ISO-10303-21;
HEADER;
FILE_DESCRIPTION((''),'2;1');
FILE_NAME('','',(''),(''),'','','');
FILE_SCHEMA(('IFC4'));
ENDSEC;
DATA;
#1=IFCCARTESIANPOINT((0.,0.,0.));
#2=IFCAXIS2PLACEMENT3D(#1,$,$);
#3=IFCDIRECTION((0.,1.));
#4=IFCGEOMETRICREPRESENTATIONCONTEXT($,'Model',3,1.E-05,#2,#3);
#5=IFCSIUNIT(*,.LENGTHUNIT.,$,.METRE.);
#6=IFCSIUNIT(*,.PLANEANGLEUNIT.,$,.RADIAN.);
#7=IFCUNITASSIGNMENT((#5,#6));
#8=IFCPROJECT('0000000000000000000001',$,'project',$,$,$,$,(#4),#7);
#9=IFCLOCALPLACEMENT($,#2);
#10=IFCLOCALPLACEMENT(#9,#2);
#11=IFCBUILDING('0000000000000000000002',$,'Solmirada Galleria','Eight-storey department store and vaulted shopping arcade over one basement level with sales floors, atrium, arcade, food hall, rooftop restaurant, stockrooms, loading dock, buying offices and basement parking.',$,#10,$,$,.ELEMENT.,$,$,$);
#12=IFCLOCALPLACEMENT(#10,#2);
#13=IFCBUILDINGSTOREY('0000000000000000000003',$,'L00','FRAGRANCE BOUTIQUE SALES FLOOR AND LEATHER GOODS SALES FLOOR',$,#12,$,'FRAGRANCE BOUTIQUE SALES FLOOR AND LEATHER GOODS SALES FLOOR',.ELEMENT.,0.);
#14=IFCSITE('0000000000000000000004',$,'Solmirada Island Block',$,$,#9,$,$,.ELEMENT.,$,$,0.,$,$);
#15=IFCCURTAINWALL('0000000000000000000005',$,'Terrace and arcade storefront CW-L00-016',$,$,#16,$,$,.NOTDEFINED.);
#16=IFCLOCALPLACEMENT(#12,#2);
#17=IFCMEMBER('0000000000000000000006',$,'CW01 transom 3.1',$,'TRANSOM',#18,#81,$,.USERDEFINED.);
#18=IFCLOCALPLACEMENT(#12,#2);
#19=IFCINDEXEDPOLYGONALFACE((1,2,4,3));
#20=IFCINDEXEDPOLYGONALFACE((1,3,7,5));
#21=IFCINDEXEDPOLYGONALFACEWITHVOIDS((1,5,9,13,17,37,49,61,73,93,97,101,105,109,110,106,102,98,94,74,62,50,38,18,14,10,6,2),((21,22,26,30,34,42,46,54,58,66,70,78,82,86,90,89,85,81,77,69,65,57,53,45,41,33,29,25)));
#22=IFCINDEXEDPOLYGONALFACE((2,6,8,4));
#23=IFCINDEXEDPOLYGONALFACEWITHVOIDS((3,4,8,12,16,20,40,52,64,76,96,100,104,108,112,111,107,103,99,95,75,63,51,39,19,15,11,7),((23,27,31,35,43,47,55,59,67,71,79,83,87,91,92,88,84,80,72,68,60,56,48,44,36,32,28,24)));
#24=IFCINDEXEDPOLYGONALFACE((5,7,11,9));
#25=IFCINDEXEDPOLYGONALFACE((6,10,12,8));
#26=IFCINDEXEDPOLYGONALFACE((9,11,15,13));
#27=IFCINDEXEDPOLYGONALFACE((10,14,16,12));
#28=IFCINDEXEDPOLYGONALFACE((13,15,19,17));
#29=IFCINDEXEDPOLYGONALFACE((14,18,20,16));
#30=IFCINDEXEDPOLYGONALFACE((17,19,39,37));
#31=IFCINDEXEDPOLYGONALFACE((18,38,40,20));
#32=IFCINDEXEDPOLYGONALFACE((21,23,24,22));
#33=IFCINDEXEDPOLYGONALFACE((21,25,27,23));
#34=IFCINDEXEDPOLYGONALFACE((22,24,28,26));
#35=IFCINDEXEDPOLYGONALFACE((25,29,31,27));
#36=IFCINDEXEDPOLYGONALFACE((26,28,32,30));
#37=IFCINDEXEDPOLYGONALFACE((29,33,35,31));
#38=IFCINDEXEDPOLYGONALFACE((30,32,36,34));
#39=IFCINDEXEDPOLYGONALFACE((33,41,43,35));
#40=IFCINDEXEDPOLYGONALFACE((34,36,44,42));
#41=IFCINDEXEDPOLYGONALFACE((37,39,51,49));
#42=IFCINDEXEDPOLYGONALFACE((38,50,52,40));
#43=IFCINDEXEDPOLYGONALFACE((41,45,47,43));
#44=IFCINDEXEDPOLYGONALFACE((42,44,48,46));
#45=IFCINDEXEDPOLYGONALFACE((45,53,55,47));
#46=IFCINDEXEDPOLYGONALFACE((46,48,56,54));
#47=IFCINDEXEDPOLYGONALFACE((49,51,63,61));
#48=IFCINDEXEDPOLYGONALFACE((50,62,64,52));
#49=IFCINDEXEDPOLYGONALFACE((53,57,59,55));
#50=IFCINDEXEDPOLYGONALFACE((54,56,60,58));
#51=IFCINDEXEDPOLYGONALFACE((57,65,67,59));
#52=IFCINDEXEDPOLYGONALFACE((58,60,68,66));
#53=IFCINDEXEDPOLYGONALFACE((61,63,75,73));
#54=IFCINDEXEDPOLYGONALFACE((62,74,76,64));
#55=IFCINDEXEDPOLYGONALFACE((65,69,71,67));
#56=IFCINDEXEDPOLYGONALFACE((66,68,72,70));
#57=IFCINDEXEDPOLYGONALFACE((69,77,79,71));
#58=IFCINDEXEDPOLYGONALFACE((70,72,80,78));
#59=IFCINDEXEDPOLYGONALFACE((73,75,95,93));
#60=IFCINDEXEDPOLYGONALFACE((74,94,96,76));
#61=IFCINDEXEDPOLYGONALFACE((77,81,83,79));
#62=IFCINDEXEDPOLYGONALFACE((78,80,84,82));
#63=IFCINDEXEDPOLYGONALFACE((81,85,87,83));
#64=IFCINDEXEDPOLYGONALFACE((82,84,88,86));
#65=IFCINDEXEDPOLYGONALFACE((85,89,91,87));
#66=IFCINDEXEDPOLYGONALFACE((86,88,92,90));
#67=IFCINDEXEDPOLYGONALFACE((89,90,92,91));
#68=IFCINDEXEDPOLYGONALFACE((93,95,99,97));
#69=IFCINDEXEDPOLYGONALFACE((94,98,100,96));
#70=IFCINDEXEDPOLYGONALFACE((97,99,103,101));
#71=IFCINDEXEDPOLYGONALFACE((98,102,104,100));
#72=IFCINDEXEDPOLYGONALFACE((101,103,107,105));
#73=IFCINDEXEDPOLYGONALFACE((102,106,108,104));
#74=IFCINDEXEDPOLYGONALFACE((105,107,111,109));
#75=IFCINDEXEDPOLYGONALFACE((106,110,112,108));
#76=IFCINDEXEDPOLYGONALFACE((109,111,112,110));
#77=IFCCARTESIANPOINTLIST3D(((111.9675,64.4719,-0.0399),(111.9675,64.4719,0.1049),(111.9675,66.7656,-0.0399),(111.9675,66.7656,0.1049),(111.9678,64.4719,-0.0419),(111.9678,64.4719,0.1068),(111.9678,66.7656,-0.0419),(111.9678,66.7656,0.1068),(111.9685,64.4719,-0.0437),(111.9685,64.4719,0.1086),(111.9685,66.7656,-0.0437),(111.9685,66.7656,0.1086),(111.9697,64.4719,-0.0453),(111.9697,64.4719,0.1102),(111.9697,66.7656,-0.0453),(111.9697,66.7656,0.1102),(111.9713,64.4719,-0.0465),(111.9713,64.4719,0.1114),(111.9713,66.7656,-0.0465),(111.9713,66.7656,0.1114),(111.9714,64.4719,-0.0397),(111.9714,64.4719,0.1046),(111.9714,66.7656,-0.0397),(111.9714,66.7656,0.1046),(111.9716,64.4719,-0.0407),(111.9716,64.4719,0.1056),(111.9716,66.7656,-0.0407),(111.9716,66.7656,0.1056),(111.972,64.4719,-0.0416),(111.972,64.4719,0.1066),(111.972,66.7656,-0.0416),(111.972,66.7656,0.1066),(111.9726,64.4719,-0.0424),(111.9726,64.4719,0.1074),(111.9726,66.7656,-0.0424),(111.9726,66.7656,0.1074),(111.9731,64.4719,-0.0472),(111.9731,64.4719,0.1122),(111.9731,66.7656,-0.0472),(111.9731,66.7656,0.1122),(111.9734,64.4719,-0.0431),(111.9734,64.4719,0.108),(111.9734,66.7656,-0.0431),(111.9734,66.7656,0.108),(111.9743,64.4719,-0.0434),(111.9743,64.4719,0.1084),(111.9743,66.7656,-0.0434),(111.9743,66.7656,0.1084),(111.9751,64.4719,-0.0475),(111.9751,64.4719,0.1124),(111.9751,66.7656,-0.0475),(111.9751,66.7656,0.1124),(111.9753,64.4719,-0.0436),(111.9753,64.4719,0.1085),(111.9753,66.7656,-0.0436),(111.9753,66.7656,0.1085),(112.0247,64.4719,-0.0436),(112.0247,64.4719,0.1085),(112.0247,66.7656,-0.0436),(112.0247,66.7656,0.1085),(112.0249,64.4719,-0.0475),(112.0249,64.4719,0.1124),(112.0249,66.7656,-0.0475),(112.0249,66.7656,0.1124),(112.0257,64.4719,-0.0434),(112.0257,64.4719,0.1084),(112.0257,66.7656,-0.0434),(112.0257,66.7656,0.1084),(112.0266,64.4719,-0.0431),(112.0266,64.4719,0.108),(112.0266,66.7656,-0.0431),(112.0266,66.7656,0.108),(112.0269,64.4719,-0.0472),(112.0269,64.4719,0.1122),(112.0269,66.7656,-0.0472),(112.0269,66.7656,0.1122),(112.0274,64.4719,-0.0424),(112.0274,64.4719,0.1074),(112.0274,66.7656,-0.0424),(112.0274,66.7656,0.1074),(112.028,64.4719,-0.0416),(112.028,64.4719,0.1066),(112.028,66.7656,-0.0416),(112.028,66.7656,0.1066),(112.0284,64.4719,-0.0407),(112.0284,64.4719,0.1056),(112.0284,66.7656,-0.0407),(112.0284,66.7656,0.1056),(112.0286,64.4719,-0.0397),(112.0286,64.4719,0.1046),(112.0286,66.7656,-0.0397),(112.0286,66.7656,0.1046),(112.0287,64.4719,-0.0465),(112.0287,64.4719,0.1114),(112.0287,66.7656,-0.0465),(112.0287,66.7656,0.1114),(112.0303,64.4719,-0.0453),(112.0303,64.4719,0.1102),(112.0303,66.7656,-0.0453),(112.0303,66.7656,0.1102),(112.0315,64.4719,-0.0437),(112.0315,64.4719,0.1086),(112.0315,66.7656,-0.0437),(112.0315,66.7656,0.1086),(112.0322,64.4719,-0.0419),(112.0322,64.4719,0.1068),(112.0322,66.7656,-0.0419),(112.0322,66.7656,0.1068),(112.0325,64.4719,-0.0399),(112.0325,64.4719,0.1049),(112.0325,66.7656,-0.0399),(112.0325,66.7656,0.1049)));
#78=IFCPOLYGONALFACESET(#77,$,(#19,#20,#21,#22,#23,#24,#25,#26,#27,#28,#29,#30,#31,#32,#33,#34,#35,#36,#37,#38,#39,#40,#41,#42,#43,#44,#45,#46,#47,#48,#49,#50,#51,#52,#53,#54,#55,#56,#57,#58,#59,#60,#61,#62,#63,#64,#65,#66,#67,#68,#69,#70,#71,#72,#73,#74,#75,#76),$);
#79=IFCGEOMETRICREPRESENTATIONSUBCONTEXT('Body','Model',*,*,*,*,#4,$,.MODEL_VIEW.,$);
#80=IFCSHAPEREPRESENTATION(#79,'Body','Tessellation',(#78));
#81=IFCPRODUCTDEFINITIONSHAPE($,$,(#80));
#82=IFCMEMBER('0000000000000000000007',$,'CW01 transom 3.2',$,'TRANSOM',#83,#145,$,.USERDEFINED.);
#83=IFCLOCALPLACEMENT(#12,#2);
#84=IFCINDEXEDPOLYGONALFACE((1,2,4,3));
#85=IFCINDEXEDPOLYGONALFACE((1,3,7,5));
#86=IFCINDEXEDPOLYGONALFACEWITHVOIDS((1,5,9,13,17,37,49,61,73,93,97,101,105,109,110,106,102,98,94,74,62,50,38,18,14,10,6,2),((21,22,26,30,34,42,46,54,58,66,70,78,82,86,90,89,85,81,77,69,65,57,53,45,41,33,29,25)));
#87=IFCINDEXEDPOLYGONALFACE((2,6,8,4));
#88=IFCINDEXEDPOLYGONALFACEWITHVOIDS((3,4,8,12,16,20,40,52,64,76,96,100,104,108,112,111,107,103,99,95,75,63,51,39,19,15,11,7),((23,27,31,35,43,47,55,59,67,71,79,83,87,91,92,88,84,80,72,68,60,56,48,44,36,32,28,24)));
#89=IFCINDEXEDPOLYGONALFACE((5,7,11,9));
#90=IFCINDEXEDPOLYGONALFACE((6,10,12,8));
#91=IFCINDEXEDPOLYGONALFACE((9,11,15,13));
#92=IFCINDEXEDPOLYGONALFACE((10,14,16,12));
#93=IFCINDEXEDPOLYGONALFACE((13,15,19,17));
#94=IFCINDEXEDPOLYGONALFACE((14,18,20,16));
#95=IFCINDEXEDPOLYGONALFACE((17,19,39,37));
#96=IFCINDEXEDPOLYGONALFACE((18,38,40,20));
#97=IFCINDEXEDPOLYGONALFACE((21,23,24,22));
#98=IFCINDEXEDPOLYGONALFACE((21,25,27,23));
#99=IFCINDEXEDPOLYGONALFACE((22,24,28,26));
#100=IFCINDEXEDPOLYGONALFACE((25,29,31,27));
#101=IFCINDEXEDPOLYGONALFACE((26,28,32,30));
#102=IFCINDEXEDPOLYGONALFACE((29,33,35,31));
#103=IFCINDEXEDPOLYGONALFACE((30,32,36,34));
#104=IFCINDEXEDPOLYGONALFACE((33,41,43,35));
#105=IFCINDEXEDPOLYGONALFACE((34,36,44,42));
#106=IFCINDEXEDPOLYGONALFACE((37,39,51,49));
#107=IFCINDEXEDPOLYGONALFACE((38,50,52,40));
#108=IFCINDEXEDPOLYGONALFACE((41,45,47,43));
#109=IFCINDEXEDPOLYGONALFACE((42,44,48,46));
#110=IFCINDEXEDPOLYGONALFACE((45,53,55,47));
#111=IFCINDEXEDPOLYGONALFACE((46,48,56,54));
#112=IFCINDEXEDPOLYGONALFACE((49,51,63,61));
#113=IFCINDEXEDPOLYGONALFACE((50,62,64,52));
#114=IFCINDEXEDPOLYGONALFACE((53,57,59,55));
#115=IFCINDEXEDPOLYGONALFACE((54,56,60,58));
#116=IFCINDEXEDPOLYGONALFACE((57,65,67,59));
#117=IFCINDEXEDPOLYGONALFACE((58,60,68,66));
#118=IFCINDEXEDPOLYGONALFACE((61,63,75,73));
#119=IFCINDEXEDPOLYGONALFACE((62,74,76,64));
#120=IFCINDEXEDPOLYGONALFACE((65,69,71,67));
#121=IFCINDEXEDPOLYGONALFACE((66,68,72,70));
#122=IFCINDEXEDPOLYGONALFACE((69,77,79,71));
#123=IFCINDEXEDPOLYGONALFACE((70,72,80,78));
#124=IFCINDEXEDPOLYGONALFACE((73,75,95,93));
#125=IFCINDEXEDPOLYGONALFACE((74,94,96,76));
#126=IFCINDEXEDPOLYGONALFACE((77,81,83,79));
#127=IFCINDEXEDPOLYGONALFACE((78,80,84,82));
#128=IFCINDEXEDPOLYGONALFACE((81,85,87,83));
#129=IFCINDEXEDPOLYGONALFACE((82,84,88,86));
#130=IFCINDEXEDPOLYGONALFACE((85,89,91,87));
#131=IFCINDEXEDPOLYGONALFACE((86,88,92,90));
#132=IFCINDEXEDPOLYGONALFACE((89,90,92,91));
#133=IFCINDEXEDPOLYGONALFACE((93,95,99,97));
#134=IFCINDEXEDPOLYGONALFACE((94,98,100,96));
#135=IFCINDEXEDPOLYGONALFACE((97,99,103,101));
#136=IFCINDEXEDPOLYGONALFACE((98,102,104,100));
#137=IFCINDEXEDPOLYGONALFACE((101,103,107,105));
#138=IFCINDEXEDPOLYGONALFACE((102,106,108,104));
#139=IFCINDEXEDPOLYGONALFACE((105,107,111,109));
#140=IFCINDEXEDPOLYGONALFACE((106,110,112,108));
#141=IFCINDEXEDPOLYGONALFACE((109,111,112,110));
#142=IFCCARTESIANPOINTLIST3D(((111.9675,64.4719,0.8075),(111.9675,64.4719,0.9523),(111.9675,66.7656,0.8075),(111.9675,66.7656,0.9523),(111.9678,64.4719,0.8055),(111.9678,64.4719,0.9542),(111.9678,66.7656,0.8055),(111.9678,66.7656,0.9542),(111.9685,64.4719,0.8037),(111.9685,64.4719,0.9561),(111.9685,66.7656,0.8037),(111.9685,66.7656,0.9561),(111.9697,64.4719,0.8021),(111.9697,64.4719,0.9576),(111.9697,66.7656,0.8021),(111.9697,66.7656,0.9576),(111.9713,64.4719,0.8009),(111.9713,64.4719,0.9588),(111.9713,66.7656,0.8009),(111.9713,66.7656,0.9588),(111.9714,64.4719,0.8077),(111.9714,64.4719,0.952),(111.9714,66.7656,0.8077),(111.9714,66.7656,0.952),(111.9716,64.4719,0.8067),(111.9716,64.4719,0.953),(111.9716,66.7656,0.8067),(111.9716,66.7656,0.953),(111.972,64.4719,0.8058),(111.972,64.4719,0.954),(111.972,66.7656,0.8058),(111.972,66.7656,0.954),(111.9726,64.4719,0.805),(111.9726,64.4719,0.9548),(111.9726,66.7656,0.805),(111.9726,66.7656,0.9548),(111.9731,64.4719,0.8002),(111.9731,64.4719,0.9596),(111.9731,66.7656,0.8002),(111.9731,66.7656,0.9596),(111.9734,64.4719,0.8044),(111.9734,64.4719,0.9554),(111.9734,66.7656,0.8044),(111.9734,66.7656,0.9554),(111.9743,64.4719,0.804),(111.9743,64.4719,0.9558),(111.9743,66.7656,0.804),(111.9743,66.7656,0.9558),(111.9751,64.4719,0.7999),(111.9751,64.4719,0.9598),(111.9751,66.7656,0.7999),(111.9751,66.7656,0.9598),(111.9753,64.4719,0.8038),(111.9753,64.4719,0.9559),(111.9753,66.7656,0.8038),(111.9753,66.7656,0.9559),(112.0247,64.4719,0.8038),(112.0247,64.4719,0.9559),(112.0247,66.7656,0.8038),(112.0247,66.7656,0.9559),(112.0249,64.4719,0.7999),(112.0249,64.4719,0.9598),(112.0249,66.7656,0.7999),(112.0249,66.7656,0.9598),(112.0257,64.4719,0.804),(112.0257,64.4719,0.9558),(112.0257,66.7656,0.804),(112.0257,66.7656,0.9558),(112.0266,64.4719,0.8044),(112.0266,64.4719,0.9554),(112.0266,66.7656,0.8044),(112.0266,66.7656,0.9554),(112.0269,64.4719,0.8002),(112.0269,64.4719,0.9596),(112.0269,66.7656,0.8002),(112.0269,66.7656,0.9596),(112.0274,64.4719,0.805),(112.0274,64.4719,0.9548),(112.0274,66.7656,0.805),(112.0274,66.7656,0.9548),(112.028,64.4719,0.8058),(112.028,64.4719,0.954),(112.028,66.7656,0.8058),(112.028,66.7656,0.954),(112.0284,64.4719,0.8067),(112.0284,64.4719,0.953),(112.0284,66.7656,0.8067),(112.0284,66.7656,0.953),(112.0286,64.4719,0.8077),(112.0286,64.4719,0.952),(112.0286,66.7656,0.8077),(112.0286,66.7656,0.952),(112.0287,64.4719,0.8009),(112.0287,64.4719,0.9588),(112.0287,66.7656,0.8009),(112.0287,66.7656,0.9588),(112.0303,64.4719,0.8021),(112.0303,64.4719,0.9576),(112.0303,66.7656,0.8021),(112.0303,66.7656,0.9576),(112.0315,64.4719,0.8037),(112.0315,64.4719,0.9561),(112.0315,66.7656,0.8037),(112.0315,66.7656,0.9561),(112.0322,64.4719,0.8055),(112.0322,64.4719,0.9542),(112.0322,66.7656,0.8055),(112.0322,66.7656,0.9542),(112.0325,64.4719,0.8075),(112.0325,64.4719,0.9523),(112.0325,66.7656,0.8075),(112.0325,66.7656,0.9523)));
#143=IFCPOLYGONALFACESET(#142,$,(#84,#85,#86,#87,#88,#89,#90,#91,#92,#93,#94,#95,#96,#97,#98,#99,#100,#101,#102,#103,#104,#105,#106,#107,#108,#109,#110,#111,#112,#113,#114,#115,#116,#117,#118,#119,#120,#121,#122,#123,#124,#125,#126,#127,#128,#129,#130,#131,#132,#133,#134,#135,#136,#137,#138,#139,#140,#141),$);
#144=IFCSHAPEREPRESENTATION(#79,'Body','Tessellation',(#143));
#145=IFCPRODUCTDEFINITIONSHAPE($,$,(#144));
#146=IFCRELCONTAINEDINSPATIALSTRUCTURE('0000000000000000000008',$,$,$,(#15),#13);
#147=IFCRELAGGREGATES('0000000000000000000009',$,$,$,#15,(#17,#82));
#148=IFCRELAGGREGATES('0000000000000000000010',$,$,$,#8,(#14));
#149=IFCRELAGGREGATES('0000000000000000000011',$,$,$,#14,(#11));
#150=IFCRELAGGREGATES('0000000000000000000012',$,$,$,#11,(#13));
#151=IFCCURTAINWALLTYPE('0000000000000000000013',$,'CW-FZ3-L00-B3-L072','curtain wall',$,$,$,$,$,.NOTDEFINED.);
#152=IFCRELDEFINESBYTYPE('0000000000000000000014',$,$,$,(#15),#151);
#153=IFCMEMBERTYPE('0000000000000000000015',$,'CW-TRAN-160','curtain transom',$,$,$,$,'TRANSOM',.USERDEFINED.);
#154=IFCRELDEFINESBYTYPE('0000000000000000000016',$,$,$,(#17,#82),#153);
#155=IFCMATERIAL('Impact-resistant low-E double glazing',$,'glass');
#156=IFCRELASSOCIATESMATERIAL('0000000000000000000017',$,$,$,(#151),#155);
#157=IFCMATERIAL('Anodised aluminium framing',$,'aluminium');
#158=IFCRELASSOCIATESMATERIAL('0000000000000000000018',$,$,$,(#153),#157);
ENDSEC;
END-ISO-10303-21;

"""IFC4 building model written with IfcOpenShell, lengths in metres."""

from ifc_helpers import new_model, si_unit, direction, frame, origin, origin_2d, place, context, subcontext, project, spatial, hollow_rectangle, extrude, material, material_profile, profile_set, type_object, element, aggregate, save


model = new_model("IFC4")

# Units and contexts
model_context = context("Model", 3, precision=1e-05, world=origin(), true_north=direction((0.0, 1.0)))
body_context = subcontext(model_context, "Body", "Model", "MODEL_VIEW")
ifc_project = project(units=[si_unit("LENGTHUNIT", "METRE"), si_unit("PLANEANGLEUNIT", "RADIAN")], contexts=[model_context])

# Site, building, storey
site_placement = place(None, origin())
site = spatial("IfcSite", under=ifc_project, at=site_placement, Name="Solmirada Island Block", CompositionType="ELEMENT", RefElevation=0.0)
building_placement = place(site_placement, origin())
building = spatial("IfcBuilding", under=site, at=building_placement, Name="Solmirada Galleria", Description="Eight-storey department store and vaulted shopping arcade over one basement level with sales floors, atrium, arcade, food hall, rooftop restaurant, stockrooms, loading dock, buying offices and basement parking.", CompositionType="ELEMENT")
storey_placement = place(building_placement, origin())
storey = spatial("IfcBuildingStorey", under=building, at=storey_placement, Name="L00", Description="FRAGRANCE BOUTIQUE SALES FLOOR AND LEATHER GOODS SALES FLOOR", LongName="FRAGRANCE BOUTIQUE SALES FLOOR AND LEATHER GOODS SALES FLOOR", CompositionType="ELEMENT", Elevation=0.0)

# Curtain wall
ifc_material_1 = material(Name="Impact-resistant low-E double glazing", Category="glass")
curtain_wall_type = type_object("IfcCurtainWallType", Name="CW-FZ3-L00-B3-L072", Description="curtain wall", PredefinedType="NOTDEFINED", material=ifc_material_1)
curtain_wall_1_placement = place(storey_placement, origin())
curtain_wall_1 = element("IfcCurtainWall", 1, at=curtain_wall_1_placement, inside=storey, type_object=curtain_wall_type, Name="Terrace and arcade storefront CW-L00-016", PredefinedType="NOTDEFINED")
ifc_material_2 = material(Name="Anodised aluminium framing", Category="aluminium")

# Members
ifc_material_profile_1 = material_profile(ifc_material_2, hollow_rectangle(XDim=0.0649, YDim=0.1599, WallThickness=0.0039, InnerFilletRadius=0.0039, OuterFilletRadius=0.0076, at=origin_2d()), Name="ALU-TRAN-160X65")
ifc_profile_set_1 = profile_set([ifc_material_profile_1], Name="Anodised aluminium framing")
member_type_1 = type_object("IfcMemberType", Name="CW-TRAN-160", Description="curtain transom", ElementType="TRANSOM", PredefinedType="USERDEFINED", material=ifc_profile_set_1)
member_1_placement = place(storey_placement, frame((112.0, 66.7656, 0.0325), z_axis=(0.0, -1.0, 0.0), x_axis=(1.0, 0.0, 0.0)))
member_1 = element("IfcMember", 2, at=member_1_placement, type_object=member_type_1, Name="CW01 transom 3.1", ObjectType="TRANSOM", PredefinedType="USERDEFINED", context=body_context, shape_type="SweptSolid", body=[
    extrude(hollow_rectangle(XDim=0.0649, YDim=0.1599, WallThickness=0.0039, InnerFilletRadius=0.0039, OuterFilletRadius=0.0076, at=origin_2d()), origin(), (0.0, 0.0, 1.0), 2.2937),
])
member_2_placement = place(storey_placement, frame((112.0, 66.7656, 0.8799), z_axis=(0.0, -1.0, 0.0), x_axis=(1.0, 0.0, 0.0)))
member_2 = element("IfcMember", 3, at=member_2_placement, type_object=member_type_1, Name="CW01 transom 3.2", ObjectType="TRANSOM", PredefinedType="USERDEFINED", context=body_context, shape_type="SweptSolid", body=[
    extrude(hollow_rectangle(XDim=0.0649, YDim=0.1599, WallThickness=0.0039, InnerFilletRadius=0.0039, OuterFilletRadius=0.0076, at=origin_2d()), origin(), (0.0, 0.0, 1.0), 2.2937),
])

aggregate(curtain_wall_1, [member_1, member_2])

save(model, "model.ifc")
